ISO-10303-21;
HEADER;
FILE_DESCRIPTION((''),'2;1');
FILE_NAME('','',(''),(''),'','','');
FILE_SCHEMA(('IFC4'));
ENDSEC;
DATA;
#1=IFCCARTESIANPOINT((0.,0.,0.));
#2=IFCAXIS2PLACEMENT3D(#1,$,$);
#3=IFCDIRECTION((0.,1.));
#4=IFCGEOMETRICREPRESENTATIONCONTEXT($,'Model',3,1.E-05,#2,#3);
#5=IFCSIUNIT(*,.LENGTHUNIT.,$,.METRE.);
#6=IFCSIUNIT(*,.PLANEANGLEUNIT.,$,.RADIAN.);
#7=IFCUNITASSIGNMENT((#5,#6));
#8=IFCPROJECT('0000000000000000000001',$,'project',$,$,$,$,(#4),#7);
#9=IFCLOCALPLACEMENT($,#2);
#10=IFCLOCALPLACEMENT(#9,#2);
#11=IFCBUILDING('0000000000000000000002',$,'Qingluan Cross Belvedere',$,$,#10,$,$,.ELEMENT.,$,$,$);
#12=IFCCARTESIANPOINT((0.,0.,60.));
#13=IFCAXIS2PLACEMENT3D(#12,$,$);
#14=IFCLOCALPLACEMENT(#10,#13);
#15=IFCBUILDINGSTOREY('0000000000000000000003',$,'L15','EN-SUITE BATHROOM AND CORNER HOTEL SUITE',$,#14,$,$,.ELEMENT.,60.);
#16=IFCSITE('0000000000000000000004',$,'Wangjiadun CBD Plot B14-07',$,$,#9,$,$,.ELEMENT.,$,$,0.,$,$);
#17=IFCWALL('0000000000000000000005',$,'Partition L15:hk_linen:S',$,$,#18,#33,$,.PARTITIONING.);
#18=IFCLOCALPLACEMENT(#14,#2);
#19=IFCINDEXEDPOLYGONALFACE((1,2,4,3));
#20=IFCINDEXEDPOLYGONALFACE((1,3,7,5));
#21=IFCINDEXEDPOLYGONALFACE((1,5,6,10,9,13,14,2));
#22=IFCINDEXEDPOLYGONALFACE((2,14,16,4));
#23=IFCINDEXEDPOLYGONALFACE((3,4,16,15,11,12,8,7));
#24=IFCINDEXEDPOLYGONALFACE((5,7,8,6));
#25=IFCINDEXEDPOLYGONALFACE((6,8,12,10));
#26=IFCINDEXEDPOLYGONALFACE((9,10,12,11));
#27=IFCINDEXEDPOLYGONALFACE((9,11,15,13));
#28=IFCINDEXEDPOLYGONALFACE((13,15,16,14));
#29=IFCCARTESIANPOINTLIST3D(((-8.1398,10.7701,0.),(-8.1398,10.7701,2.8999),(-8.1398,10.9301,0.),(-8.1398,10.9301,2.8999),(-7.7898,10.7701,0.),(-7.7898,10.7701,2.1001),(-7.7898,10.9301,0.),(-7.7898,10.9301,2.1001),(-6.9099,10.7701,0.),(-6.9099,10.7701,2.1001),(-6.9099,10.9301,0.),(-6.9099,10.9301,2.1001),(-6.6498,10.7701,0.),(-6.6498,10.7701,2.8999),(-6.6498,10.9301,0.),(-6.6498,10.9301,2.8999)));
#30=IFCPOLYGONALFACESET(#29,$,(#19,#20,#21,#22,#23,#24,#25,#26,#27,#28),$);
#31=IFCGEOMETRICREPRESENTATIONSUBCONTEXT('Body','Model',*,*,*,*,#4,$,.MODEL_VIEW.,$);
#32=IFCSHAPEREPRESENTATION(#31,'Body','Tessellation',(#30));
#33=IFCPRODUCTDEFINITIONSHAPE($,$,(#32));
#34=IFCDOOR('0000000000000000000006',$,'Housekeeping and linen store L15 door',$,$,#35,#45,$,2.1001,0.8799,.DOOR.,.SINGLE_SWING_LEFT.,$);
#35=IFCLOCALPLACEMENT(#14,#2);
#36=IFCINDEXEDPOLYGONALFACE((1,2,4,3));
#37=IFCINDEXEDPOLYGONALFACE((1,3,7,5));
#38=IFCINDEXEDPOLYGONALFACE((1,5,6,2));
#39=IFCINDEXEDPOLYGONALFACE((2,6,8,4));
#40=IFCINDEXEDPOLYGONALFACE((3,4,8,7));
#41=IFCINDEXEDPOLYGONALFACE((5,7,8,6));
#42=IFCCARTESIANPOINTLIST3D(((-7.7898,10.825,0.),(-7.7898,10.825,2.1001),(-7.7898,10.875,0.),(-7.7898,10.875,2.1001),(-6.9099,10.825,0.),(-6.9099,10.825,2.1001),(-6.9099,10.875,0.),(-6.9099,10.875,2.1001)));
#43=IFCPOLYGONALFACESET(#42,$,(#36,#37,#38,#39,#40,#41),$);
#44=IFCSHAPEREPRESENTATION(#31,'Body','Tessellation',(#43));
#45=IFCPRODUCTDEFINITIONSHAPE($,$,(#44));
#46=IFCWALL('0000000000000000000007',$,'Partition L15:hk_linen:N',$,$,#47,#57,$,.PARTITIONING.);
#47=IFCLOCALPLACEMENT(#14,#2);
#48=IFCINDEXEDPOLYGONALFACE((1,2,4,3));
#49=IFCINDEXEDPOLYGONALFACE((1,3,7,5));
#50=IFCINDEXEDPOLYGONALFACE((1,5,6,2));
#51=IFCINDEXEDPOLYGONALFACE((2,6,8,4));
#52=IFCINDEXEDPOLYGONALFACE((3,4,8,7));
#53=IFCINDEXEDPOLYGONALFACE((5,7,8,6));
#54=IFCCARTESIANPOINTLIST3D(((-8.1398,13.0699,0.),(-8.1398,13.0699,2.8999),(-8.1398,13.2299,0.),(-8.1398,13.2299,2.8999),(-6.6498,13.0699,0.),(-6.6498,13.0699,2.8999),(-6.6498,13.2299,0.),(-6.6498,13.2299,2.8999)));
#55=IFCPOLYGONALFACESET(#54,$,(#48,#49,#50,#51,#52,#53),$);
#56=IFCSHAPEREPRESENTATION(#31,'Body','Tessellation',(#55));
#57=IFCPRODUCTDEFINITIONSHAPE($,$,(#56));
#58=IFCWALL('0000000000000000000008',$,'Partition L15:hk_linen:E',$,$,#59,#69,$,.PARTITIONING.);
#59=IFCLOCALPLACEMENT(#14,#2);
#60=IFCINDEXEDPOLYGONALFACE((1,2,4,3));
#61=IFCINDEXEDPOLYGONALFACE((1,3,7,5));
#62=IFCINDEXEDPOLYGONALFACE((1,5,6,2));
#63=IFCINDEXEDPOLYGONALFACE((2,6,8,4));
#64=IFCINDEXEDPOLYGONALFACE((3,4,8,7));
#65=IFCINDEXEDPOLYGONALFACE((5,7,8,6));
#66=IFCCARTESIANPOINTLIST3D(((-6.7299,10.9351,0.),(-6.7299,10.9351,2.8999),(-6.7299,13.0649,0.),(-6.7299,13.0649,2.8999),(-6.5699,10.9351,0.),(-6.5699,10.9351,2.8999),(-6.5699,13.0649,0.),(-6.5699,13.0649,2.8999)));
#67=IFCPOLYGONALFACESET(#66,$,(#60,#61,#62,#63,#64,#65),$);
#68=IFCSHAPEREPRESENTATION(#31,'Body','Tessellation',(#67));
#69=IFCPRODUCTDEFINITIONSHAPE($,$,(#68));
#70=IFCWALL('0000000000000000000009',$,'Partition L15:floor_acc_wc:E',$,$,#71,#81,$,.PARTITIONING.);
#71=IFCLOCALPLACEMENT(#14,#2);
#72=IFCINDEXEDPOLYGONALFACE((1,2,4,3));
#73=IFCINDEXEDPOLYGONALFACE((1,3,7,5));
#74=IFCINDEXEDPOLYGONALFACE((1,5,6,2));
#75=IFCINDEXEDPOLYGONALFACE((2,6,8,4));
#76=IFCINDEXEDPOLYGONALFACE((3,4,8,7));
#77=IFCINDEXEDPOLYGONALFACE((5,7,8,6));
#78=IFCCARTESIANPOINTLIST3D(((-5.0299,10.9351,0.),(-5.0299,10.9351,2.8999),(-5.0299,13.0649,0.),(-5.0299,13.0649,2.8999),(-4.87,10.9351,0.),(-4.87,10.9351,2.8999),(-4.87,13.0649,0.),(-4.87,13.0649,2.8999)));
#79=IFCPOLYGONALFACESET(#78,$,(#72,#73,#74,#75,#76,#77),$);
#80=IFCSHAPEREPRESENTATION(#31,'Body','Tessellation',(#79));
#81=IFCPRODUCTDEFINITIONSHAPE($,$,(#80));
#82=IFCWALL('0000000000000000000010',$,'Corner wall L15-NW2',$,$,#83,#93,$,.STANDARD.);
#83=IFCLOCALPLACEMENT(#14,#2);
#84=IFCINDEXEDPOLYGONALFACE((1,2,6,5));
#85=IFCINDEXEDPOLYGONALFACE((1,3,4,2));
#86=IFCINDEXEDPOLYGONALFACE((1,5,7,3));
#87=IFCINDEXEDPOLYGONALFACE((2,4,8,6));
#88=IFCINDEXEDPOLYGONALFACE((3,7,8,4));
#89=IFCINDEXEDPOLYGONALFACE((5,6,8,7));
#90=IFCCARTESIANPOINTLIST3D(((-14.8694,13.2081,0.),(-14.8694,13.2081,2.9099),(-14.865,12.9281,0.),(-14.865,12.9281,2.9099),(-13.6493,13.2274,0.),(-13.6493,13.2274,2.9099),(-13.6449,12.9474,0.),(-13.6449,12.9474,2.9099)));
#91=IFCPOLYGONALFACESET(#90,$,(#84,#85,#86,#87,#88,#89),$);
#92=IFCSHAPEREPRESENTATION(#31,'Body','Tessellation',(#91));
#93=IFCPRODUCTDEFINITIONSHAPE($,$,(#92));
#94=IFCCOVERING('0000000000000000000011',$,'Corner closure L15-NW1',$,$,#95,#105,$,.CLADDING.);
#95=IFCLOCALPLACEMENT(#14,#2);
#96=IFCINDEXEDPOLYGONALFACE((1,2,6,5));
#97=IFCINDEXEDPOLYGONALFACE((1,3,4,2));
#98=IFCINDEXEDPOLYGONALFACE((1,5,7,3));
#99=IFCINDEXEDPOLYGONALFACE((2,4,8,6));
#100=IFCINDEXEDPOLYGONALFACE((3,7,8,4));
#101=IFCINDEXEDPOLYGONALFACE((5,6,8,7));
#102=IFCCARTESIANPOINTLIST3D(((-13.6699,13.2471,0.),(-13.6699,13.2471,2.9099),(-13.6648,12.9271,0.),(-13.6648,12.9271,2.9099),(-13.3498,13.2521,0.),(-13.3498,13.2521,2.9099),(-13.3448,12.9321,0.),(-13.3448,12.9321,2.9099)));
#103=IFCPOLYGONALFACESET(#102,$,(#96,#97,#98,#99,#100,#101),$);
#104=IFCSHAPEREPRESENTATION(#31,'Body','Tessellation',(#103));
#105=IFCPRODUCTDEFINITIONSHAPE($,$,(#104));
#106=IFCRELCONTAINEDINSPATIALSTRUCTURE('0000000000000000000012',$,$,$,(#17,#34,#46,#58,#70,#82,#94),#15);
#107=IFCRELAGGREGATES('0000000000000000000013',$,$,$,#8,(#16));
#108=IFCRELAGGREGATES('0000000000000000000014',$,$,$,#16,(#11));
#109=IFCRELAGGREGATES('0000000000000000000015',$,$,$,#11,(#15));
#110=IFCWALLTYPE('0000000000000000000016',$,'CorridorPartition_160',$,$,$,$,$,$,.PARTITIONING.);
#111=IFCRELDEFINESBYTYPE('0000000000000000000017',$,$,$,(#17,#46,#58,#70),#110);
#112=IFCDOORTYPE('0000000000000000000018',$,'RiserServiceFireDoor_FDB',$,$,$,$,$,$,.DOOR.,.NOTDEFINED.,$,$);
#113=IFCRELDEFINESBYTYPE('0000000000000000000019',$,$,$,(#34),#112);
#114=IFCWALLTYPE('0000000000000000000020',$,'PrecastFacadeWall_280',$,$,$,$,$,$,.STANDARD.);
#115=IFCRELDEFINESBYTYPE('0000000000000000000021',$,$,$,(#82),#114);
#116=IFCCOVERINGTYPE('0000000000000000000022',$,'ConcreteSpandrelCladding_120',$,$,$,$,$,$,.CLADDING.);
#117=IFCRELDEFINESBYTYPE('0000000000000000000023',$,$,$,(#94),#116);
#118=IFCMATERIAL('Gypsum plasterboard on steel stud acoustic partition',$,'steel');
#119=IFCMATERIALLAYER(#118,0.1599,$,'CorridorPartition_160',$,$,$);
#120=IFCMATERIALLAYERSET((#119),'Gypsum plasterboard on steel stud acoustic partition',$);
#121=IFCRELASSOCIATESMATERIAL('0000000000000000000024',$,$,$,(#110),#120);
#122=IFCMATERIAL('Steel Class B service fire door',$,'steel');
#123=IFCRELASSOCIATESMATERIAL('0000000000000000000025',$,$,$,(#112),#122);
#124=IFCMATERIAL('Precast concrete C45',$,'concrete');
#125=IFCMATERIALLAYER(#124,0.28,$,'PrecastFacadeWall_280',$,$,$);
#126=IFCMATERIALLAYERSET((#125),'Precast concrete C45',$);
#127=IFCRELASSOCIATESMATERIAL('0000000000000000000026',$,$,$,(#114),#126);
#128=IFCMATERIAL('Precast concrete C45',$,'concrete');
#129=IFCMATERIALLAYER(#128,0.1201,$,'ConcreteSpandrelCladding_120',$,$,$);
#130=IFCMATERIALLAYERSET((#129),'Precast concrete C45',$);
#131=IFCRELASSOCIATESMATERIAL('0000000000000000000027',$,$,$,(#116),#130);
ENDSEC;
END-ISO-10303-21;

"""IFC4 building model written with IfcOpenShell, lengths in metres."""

from ifc_helpers import new_model, si_unit, direction, frame, frame_2d, origin, origin_2d, place, context, subcontext, project, spatial, rectangle, extrude, material, layer, layer_set, type_object, element, fill, save


model = new_model("IFC4")

# Units and contexts
model_context = context("Model", 3, precision=1e-05, world=origin(), true_north=direction((0.0, 1.0)))
body_context = subcontext(model_context, "Body", "Model", "MODEL_VIEW")
ifc_project = project(units=[si_unit("LENGTHUNIT", "METRE"), si_unit("PLANEANGLEUNIT", "RADIAN")], contexts=[model_context])

# Site, building, storey
site_placement = place(None, origin())
site = spatial("IfcSite", under=ifc_project, at=site_placement, Name="Wangjiadun CBD Plot B14-07", CompositionType="ELEMENT", RefElevation=0.0)
building_placement = place(site_placement, origin())
building = spatial("IfcBuilding", under=site, at=building_placement, Name="Qingluan Cross Belvedere", CompositionType="ELEMENT")
storey_placement = place(building_placement, frame((0.0, 0.0, 60.0)))
storey = spatial("IfcBuildingStorey", under=building, at=storey_placement, Name="L15", Description="EN-SUITE BATHROOM AND CORNER HOTEL SUITE", CompositionType="ELEMENT", Elevation=60.0)

# Shared definitions
ifc_material_1 = material(Name="Gypsum plasterboard on steel stud acoustic partition", Category="steel")
ifc_layer_1 = layer(ifc_material_1, 0.1599, Name="CorridorPartition_160")
ifc_layer_set_1 = layer_set([ifc_layer_1], Name="Gypsum plasterboard on steel stud acoustic partition")
wall_type_1 = type_object("IfcWallType", Name="CorridorPartition_160", PredefinedType="PARTITIONING", material=ifc_layer_set_1)

# Wall, opening, door
wall_1_placement = place(storey_placement, frame((-8.1399, 10.8501, 0.0), z_axis=(0.0, 0.0, 1.0), x_axis=(1.0, 0.0, 0.0)))
wall_1 = element("IfcWall", 1, at=wall_1_placement, inside=storey, type_object=wall_type_1, Name="Partition L15:hk_linen:S", PredefinedType="PARTITIONING", context=body_context, shape_type="SweptSolid", body=[
    extrude(rectangle(XDim=1.49, YDim=0.1599, at=frame_2d((0.7451, 0.0))), origin(), (0.0, 0.0, 1.0), 2.8999),
])
opening_1_placement = place(wall_1_placement, frame((0.3501, 0.0, 0.0)))
opening_1 = element("IfcOpeningElement", 2, at=opening_1_placement, cuts=wall_1, PredefinedType="OPENING", context=body_context, shape_type="SweptSolid", body=[
    extrude(rectangle(XDim=0.8799, YDim=2.1001, at=frame_2d((0.4399, 1.05))), frame((0.0, 0.0898, 0.0), z_axis=(0.0, -1.0, 0.0), x_axis=(1.0, 0.0, 0.0)), (0.0, 0.0, 1.0), 0.1799),
])
ifc_material_2 = material(Name="Steel Class B service fire door", Category="steel")
door_type_1 = type_object("IfcDoorType", Name="RiserServiceFireDoor_FDB", OperationType="NOTDEFINED", PredefinedType="DOOR", material=ifc_material_2)
door_1_placement = place(opening_1_placement, origin())
door_1 = element("IfcDoor", 3, at=door_1_placement, inside=storey, type_object=door_type_1, Name="Housekeeping and linen store L15 door", OperationType="SINGLE_SWING_LEFT", OverallHeight=2.1001, OverallWidth=0.8799, PredefinedType="DOOR", context=body_context, shape_type="SweptSolid", body=[
    extrude(rectangle(XDim=0.8799, YDim=2.1001, at=frame_2d((0.4399, 1.05))), frame((0.0, 0.0249, 0.0), z_axis=(0.0, -1.0, 0.0), x_axis=(1.0, 0.0, 0.0)), (0.0, 0.0, 1.0), 0.05),
])
fill(opening_1, door_1)

# Walls
wall_2_placement = place(storey_placement, frame((-8.1399, 13.1499, 0.0), z_axis=(0.0, 0.0, 1.0), x_axis=(1.0, 0.0, 0.0)))
element("IfcWall", 4, at=wall_2_placement, inside=storey, type_object=wall_type_1, Name="Partition L15:hk_linen:N", PredefinedType="PARTITIONING", context=body_context, shape_type="SweptSolid", body=[
    extrude(rectangle(XDim=1.49, YDim=0.1599, at=frame_2d((0.7451, 0.0))), origin(), (0.0, 0.0, 1.0), 2.8999),
])
wall_3_placement = place(storey_placement, frame((-6.6499, 10.9351, 0.0), z_axis=(0.0, 0.0, 1.0), x_axis=(0.0, 1.0, 0.0)))
element("IfcWall", 5, at=wall_3_placement, inside=storey, type_object=wall_type_1, Name="Partition L15:hk_linen:E", PredefinedType="PARTITIONING", context=body_context, shape_type="SweptSolid", body=[
    extrude(rectangle(XDim=2.1299, YDim=0.1599, at=frame_2d((1.0649, 0.0))), origin(), (0.0, 0.0, 1.0), 2.8999),
])

# Walls
wall_4_placement = place(storey_placement, frame((-4.95, 10.9351, 0.0), z_axis=(0.0, 0.0, 1.0), x_axis=(0.0, 1.0, 0.0)))
element("IfcWall", 6, at=wall_4_placement, inside=storey, type_object=wall_type_1, Name="Partition L15:floor_acc_wc:E", PredefinedType="PARTITIONING", context=body_context, shape_type="SweptSolid", body=[
    extrude(rectangle(XDim=2.1299, YDim=0.1599, at=frame_2d((1.0649, 0.0))), origin(), (0.0, 0.0, 1.0), 2.8999),
])
ifc_material_3 = material(Name="Precast concrete C45", Category="concrete")
ifc_layer_2 = layer(ifc_material_3, 0.28, Name="PrecastFacadeWall_280")
ifc_layer_set_2 = layer_set([ifc_layer_2], Name="Precast concrete C45")
wall_type_2 = type_object("IfcWallType", Name="PrecastFacadeWall_280", PredefinedType="STANDARD", material=ifc_layer_set_2)
wall_5_placement = place(storey_placement, frame((-14.8672, 13.0681, 0.0), z_axis=(0.0, 0.0, 1.0), x_axis=(0.999875, 0.015808, 0.0)))
element("IfcWall", 7, at=wall_5_placement, inside=storey, type_object=wall_type_2, Name="Corner wall L15-NW2", PredefinedType="STANDARD", context=body_context, shape_type="SweptSolid", body=[
    extrude(rectangle(XDim=1.2202, YDim=0.28, at=frame_2d((0.6101, 0.0))), origin(), (0.0, 0.0, 1.0), 2.9099),
])

# Covering
ifc_material_4 = material(Name="Precast concrete C45", Category="concrete")
ifc_layer_3 = layer(ifc_material_4, 0.1201, Name="ConcreteSpandrelCladding_120")
ifc_layer_set_3 = layer_set([ifc_layer_3], Name="Precast concrete C45")
covering_type = type_object("IfcCoveringType", Name="ConcreteSpandrelCladding_120", PredefinedType="CLADDING", material=ifc_layer_set_3)
covering_placement = place(storey_placement, frame((-13.5073, 13.0896, 0.0), z_axis=(0.0, 0.0, 1.0), x_axis=(0.999877, 0.015707, 0.0)))
element("IfcCovering", 8, at=covering_placement, inside=storey, type_object=covering_type, Name="Corner closure L15-NW1", PredefinedType="CLADDING", context=body_context, shape_type="SweptSolid", body=[
    extrude(rectangle(XDim=0.3201, YDim=0.3201, at=origin_2d()), origin(), (0.0, 0.0, 1.0), 2.9099),
])

save(model, "model.ifc")
